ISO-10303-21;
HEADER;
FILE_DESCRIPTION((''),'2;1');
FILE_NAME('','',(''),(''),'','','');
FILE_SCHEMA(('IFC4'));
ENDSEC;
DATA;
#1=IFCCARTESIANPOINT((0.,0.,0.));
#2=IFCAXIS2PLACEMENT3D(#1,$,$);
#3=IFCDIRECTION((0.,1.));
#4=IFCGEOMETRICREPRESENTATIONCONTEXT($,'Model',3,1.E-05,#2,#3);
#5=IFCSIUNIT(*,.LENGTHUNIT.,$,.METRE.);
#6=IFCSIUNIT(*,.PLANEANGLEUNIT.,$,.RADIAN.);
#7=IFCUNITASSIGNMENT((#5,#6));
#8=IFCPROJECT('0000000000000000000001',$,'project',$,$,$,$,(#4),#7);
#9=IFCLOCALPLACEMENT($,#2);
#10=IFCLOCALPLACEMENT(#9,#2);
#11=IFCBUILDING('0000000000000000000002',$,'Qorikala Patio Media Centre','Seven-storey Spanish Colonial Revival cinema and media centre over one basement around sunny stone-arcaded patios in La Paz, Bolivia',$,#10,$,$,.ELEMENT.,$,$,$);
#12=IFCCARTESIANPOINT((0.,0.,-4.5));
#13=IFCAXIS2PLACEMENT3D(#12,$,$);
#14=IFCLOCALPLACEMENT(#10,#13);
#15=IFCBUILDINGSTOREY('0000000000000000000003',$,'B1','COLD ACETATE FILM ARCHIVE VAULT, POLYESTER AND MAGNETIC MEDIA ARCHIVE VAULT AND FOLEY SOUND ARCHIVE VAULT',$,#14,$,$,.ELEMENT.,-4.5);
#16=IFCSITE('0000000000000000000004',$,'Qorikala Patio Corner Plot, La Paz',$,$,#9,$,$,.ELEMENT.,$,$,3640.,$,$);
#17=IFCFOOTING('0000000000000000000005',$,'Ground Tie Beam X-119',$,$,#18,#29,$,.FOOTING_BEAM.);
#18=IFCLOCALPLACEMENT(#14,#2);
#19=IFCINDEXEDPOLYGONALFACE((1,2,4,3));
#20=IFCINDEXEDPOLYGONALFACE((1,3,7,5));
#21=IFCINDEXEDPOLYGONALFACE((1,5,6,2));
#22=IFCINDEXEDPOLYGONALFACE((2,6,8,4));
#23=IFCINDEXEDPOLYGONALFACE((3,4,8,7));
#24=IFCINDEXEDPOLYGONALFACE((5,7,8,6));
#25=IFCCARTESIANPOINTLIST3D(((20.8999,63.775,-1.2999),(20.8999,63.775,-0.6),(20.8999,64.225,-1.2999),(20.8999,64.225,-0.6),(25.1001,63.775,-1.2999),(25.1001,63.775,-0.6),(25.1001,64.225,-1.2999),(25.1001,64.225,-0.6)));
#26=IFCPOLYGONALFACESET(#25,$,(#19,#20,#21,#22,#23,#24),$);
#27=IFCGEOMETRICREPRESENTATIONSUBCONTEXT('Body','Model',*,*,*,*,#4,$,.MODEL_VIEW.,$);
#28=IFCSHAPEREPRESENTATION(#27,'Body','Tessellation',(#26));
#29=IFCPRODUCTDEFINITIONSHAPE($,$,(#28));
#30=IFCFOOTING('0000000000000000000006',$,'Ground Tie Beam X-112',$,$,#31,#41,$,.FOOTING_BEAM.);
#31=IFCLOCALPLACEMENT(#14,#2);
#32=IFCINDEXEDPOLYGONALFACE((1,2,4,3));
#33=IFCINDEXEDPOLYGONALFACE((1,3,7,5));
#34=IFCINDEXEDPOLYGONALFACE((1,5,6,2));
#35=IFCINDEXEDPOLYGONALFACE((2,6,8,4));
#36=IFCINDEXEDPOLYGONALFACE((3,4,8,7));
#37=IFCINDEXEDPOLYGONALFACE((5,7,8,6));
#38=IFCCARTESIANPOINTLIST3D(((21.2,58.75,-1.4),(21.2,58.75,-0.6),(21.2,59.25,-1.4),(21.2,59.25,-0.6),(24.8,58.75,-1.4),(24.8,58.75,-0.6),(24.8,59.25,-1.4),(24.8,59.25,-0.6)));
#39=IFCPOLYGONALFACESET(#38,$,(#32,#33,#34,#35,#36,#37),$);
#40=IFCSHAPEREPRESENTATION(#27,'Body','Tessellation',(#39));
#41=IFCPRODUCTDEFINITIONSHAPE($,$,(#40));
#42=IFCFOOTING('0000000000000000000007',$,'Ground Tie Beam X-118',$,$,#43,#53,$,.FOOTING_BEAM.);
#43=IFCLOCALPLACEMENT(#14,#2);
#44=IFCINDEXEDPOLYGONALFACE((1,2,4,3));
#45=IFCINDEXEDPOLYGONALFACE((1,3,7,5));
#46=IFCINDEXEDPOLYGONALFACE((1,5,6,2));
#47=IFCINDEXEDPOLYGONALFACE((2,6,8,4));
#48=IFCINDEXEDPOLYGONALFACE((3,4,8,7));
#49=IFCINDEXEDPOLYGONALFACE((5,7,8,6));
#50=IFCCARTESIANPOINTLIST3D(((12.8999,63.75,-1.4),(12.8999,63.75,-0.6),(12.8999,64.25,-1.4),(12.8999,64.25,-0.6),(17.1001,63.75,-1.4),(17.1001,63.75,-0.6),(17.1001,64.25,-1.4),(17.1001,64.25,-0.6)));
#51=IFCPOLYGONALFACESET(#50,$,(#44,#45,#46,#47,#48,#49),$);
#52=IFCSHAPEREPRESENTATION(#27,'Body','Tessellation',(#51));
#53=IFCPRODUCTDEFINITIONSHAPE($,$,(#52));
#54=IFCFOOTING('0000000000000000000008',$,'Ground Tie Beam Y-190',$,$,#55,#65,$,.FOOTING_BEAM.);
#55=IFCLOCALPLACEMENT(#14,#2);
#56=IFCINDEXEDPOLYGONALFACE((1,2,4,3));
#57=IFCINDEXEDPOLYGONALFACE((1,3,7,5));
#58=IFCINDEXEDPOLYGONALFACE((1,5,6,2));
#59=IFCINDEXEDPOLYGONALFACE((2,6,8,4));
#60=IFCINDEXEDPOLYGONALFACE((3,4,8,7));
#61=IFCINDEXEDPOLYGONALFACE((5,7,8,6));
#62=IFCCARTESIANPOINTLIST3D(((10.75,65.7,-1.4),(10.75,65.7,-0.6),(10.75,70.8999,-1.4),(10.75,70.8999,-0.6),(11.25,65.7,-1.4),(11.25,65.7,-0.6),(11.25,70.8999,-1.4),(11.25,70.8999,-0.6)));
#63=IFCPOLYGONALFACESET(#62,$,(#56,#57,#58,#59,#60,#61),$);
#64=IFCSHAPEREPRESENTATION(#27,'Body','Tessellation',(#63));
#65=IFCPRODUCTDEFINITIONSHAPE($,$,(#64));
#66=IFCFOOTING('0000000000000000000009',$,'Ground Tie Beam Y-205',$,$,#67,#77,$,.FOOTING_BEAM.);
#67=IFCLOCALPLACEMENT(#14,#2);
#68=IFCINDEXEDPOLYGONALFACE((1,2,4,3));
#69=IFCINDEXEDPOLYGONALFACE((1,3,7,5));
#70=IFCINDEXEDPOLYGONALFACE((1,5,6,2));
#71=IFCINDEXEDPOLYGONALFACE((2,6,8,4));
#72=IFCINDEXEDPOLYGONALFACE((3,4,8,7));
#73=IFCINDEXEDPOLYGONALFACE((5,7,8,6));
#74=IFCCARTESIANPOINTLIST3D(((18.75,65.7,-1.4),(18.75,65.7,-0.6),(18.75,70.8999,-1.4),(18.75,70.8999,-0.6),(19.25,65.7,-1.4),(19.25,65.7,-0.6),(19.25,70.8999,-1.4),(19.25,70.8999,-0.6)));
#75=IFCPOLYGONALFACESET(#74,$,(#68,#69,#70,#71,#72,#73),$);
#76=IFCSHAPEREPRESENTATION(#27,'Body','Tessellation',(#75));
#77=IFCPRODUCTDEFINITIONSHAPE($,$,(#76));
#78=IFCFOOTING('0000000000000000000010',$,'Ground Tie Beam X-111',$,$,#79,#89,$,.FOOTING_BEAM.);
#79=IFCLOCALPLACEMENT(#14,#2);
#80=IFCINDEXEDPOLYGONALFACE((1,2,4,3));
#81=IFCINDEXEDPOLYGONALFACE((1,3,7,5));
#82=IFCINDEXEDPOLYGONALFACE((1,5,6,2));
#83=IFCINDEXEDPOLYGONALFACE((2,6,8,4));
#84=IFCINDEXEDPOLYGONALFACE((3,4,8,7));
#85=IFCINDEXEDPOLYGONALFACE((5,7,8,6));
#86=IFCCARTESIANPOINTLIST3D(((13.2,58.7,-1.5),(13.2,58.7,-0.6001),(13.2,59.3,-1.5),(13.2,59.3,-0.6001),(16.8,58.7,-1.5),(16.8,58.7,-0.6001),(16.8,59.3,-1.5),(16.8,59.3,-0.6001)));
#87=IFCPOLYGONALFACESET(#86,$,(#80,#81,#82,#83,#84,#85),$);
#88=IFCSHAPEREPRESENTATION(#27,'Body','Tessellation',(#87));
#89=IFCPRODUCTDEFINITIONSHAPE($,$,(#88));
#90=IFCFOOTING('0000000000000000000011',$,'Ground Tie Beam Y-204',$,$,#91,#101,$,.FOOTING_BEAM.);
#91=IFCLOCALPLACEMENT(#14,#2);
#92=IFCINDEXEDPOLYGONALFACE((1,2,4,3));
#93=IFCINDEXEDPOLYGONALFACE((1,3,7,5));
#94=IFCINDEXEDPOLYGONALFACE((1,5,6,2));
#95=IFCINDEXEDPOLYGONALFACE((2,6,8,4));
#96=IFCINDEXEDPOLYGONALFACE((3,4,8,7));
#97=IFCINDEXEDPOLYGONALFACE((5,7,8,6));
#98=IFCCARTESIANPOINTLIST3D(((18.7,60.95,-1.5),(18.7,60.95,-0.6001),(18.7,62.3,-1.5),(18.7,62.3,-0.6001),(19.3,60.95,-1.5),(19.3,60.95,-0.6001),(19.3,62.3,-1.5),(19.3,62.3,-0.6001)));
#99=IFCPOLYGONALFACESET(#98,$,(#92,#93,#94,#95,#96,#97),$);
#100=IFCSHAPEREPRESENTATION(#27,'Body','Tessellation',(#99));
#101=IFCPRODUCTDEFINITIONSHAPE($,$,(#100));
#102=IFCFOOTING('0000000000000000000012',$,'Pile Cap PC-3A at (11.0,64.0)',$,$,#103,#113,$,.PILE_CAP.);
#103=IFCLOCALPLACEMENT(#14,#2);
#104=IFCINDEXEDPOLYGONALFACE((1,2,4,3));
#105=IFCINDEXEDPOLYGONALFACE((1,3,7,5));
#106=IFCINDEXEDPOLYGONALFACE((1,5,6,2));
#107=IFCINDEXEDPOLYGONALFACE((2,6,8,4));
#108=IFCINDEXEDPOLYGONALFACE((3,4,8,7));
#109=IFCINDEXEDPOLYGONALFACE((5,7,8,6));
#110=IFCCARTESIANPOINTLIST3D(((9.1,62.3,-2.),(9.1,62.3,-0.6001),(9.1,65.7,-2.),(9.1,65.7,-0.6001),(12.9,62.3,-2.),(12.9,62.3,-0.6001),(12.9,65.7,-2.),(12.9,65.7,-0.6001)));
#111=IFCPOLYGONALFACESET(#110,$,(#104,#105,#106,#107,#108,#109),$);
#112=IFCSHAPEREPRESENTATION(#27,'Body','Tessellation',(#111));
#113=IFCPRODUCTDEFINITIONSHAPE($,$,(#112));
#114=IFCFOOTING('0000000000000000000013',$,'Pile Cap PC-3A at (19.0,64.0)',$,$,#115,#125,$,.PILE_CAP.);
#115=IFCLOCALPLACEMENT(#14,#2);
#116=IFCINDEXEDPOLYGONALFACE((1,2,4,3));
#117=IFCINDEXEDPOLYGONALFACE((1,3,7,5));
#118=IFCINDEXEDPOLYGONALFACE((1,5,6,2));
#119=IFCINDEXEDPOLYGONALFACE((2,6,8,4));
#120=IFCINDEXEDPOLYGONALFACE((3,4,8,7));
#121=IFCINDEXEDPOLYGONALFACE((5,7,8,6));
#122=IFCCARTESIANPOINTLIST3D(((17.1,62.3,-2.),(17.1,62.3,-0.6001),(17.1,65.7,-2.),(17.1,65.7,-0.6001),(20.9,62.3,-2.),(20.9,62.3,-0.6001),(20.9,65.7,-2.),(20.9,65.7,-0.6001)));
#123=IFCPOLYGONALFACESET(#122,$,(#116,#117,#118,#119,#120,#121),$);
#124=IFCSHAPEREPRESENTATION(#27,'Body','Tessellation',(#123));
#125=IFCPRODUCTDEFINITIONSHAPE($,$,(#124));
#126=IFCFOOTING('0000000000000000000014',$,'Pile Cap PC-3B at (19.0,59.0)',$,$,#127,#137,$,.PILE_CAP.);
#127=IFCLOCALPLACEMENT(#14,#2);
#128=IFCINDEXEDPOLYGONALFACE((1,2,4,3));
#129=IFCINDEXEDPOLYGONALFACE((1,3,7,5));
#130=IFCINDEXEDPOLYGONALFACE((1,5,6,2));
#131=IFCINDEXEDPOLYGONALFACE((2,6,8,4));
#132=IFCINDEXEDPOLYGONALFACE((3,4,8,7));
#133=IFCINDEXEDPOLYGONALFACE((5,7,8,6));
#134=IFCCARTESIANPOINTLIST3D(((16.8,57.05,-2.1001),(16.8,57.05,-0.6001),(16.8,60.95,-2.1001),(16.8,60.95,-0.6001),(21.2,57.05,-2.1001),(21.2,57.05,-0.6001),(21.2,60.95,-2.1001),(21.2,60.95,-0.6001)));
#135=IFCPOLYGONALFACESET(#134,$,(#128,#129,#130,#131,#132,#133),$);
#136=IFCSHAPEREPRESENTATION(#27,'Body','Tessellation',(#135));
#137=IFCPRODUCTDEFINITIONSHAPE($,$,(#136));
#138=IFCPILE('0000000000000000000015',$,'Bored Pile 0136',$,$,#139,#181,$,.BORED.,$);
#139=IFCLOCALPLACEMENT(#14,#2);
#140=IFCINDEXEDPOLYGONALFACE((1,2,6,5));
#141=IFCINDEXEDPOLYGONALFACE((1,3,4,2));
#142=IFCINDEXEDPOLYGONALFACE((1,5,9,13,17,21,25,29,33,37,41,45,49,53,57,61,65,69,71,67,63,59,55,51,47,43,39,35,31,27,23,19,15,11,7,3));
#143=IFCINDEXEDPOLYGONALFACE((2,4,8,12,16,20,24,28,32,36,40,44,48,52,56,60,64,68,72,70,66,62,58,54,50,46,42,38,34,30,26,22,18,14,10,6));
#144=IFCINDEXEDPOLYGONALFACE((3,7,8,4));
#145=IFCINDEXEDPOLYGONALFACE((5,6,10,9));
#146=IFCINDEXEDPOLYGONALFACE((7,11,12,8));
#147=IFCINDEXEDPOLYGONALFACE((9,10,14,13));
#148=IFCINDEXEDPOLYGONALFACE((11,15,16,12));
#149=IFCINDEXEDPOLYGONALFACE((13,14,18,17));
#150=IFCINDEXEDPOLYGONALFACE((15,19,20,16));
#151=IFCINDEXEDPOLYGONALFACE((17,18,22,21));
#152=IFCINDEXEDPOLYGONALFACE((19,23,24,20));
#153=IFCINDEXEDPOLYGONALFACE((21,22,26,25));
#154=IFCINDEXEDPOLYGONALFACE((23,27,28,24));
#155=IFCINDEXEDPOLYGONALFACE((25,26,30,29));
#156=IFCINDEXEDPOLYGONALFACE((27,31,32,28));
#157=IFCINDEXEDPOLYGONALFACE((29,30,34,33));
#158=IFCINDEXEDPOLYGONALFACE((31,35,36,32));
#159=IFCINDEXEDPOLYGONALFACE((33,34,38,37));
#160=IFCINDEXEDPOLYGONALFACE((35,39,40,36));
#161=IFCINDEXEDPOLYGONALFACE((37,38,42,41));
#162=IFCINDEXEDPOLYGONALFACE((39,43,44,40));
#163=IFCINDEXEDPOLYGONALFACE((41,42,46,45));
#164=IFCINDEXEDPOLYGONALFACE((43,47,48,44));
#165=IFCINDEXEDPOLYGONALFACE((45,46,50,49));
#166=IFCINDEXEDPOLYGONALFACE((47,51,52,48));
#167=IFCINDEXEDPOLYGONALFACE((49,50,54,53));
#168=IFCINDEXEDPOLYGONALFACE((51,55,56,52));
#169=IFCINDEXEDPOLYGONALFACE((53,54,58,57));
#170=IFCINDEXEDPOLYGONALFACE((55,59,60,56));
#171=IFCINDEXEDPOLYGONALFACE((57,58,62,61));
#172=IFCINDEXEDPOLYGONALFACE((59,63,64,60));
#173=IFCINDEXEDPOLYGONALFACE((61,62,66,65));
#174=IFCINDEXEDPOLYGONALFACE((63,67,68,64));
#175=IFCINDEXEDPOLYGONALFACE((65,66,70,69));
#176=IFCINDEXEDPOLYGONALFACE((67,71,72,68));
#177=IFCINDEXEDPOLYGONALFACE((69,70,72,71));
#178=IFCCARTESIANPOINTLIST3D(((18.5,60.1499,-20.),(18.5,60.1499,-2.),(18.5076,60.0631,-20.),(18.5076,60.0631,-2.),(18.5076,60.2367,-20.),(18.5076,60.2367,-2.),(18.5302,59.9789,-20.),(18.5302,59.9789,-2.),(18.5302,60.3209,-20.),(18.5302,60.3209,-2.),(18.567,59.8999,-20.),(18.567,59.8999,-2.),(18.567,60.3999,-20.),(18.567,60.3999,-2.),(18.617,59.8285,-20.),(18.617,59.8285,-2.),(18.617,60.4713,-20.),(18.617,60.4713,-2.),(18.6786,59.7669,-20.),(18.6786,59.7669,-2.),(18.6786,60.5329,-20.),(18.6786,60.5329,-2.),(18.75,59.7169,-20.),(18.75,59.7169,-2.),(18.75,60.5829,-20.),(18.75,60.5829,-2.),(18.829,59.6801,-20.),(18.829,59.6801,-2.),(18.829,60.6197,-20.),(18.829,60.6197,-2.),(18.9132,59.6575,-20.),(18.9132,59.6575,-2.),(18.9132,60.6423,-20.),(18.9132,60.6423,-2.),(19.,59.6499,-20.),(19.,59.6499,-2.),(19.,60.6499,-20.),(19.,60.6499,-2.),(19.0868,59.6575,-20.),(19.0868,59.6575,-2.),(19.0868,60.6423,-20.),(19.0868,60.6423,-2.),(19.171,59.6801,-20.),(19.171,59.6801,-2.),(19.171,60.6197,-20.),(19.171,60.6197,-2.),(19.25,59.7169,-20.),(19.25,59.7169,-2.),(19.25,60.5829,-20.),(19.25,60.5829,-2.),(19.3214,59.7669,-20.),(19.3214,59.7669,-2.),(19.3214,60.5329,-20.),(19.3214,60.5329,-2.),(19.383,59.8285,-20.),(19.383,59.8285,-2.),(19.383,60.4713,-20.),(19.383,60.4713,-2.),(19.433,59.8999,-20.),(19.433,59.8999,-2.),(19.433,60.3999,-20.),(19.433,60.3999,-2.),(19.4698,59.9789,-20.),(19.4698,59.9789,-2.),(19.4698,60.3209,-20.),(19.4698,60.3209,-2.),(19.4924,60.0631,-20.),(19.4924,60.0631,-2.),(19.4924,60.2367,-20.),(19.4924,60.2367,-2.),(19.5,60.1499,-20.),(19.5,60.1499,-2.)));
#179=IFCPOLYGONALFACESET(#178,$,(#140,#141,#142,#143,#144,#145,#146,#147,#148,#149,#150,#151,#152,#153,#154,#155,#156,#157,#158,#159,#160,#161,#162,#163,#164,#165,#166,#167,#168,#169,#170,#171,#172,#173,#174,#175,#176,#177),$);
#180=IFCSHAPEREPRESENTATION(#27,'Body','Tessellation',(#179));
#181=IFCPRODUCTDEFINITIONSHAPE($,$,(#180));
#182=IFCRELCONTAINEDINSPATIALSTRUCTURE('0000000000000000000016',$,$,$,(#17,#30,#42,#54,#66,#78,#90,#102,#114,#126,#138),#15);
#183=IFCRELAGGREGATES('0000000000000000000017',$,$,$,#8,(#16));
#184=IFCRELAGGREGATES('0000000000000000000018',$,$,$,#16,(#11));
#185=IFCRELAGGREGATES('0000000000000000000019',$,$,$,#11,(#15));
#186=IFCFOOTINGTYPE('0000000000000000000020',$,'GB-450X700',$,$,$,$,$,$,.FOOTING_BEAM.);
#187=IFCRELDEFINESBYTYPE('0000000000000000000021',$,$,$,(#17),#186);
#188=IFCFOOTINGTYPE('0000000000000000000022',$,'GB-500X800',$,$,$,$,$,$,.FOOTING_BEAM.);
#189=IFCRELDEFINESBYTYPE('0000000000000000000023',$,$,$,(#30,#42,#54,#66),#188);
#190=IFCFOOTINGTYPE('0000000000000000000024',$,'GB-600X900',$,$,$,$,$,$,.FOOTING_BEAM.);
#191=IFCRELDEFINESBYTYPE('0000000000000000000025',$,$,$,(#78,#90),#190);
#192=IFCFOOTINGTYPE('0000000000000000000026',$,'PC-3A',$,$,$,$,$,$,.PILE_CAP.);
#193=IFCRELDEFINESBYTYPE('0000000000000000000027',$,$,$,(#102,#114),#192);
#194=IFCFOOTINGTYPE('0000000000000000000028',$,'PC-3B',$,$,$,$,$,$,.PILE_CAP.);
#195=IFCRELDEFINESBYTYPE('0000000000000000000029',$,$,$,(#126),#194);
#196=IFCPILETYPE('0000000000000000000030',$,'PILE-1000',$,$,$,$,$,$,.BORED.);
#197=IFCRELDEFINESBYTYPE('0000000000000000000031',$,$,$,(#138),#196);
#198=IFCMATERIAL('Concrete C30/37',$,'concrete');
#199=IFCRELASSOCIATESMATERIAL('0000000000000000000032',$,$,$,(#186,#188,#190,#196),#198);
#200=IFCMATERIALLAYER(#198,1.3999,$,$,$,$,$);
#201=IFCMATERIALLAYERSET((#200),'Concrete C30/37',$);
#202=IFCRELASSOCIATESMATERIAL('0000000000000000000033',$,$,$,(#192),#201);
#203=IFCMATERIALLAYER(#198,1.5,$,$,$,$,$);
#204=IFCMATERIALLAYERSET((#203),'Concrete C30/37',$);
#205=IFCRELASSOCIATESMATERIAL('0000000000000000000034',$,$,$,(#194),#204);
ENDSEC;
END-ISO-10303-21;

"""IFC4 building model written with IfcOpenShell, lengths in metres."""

from ifc_helpers import new_model, si_unit, direction, frame, origin, origin_2d, place, context, subcontext, project, spatial, rectangle, circle, extrude, material, layer, layer_set, material_profile, profile_set, type_object, element, save


model = new_model("IFC4")

# Units and contexts
model_context = context("Model", 3, precision=1e-05, world=origin(), true_north=direction((0.0, 1.0)))
body_context = subcontext(model_context, "Body", "Model", "MODEL_VIEW")
ifc_project = project(units=[si_unit("LENGTHUNIT", "METRE"), si_unit("PLANEANGLEUNIT", "RADIAN")], contexts=[model_context])

# Site, building, storey
site_placement = place(None, origin())
site = spatial("IfcSite", under=ifc_project, at=site_placement, Name="Qorikala Patio Corner Plot, La Paz", CompositionType="ELEMENT", RefElevation=3640.0)
building_placement = place(site_placement, origin())
building = spatial("IfcBuilding", under=site, at=building_placement, Name="Qorikala Patio Media Centre", Description="Seven-storey Spanish Colonial Revival cinema and media centre over one basement around sunny stone-arcaded patios in La Paz, Bolivia", CompositionType="ELEMENT")
storey_placement = place(building_placement, frame((0.0, 0.0, -4.5)))
storey = spatial("IfcBuildingStorey", under=building, at=storey_placement, Name="B1", Description="COLD ACETATE FILM ARCHIVE VAULT, POLYESTER AND MAGNETIC MEDIA ARCHIVE VAULT AND FOLEY SOUND ARCHIVE VAULT", CompositionType="ELEMENT", Elevation=-4.5)

# Footings
ifc_material_1 = material(Name="Concrete C30/37", Category="concrete")
ifc_material_profile_1 = material_profile(ifc_material_1, rectangle(XDim=0.45, YDim=0.7, at=origin_2d()), Name="RC 450x700")
ifc_profile_set_1 = profile_set([ifc_material_profile_1], Name="Concrete C30/37")
footing_type_1 = type_object("IfcFootingType", Name="GB-450X700", PredefinedType="FOOTING_BEAM", material=ifc_profile_set_1)
footing_1_placement = place(storey_placement, frame((20.8999, 64.0, -0.95), z_axis=(1.0, 0.0, 0.0), x_axis=(0.0, 1.0, 0.0)))
element("IfcFooting", 1, at=footing_1_placement, inside=storey, type_object=footing_type_1, Name="Ground Tie Beam X-119", PredefinedType="FOOTING_BEAM", context=body_context, shape_type="SweptSolid", body=[
    extrude(rectangle(XDim=0.45, YDim=0.7, at=origin_2d()), origin(), (0.0, 0.0, 1.0), 4.2002),
])
ifc_material_profile_2 = material_profile(ifc_material_1, rectangle(XDim=0.5, YDim=0.8, at=origin_2d()), Name="RC 500x800")
ifc_profile_set_2 = profile_set([ifc_material_profile_2], Name="Concrete C30/37")
footing_type_2 = type_object("IfcFootingType", Name="GB-500X800", PredefinedType="FOOTING_BEAM", material=ifc_profile_set_2)
footing_2_placement = place(storey_placement, frame((21.2, 59.0, -1.0), z_axis=(1.0, 0.0, 0.0), x_axis=(0.0, 1.0, 0.0)))
element("IfcFooting", 2, at=footing_2_placement, inside=storey, type_object=footing_type_2, Name="Ground Tie Beam X-112", PredefinedType="FOOTING_BEAM", context=body_context, shape_type="SweptSolid", body=[
    extrude(rectangle(XDim=0.5, YDim=0.8, at=origin_2d()), origin(), (0.0, 0.0, 1.0), 3.6001),
])
footing_3_placement = place(storey_placement, frame((12.8999, 64.0, -1.0), z_axis=(1.0, 0.0, 0.0), x_axis=(0.0, 1.0, 0.0)))
element("IfcFooting", 3, at=footing_3_placement, inside=storey, type_object=footing_type_2, Name="Ground Tie Beam X-118", PredefinedType="FOOTING_BEAM", context=body_context, shape_type="SweptSolid", body=[
    extrude(rectangle(XDim=0.5, YDim=0.8, at=origin_2d()), origin(), (0.0, 0.0, 1.0), 4.2002),
])
for number, where, z_axis, x_axis, name in (
    (4, (11.0, 65.7, -1.0), (0.0, 1.0, 0.0), (-1.0, 0.0, 0.0), "Ground Tie Beam Y-190"),
    (5, (19.0, 65.7, -1.0), (0.0, 1.0, 0.0), (-1.0, 0.0, 0.0), "Ground Tie Beam Y-205"),
):
    element("IfcFooting", number, at=place(storey_placement, frame(where, z_axis=z_axis, x_axis=x_axis)), inside=storey, type_object=footing_type_2, Name=name, PredefinedType="FOOTING_BEAM", context=body_context, shape_type="SweptSolid", body=[
        extrude(rectangle(XDim=0.5, YDim=0.8, at=origin_2d()), origin(), (0.0, 0.0, 1.0), 5.2),
    ])
ifc_material_profile_3 = material_profile(ifc_material_1, rectangle(XDim=0.6001, YDim=0.8999, at=origin_2d()), Name="RC 600x900")
ifc_profile_set_3 = profile_set([ifc_material_profile_3], Name="Concrete C30/37")
footing_type_3 = type_object("IfcFootingType", Name="GB-600X900", PredefinedType="FOOTING_BEAM", material=ifc_profile_set_3)
footing_4_placement = place(storey_placement, frame((13.2, 59.0, -1.05), z_axis=(1.0, 0.0, 0.0), x_axis=(0.0, 1.0, 0.0)))
element("IfcFooting", 6, at=footing_4_placement, inside=storey, type_object=footing_type_3, Name="Ground Tie Beam X-111", PredefinedType="FOOTING_BEAM", context=body_context, shape_type="SweptSolid", body=[
    extrude(rectangle(XDim=0.6001, YDim=0.8999, at=origin_2d()), origin(), (0.0, 0.0, 1.0), 3.6001),
])
footing_5_placement = place(storey_placement, frame((19.0, 60.95, -1.05), z_axis=(0.0, 1.0, 0.0), x_axis=(-1.0, 0.0, 0.0)))
element("IfcFooting", 7, at=footing_5_placement, inside=storey, type_object=footing_type_3, Name="Ground Tie Beam Y-204", PredefinedType="FOOTING_BEAM", context=body_context, shape_type="SweptSolid", body=[
    extrude(rectangle(XDim=0.6001, YDim=0.8999, at=origin_2d()), origin(), (0.0, 0.0, 1.0), 1.3501),
])
ifc_layer_1 = layer(ifc_material_1, 1.3999)
ifc_layer_set_1 = layer_set([ifc_layer_1], Name="Concrete C30/37")
footing_type_4 = type_object("IfcFootingType", Name="PC-3A", PredefinedType="PILE_CAP", material=ifc_layer_set_1)
for number, where, z_axis, x_axis, name in (
    (8, (11.0, 64.0, -2.0), (0.0, 0.0, 1.0), (1.0, 0.0, 0.0), "Pile Cap PC-3A at (11.0,64.0)"),
    (9, (19.0, 64.0, -2.0), (0.0, 0.0, 1.0), (1.0, 0.0, 0.0), "Pile Cap PC-3A at (19.0,64.0)"),
):
    element("IfcFooting", number, at=place(storey_placement, frame(where, z_axis=z_axis, x_axis=x_axis)), inside=storey, type_object=footing_type_4, Name=name, PredefinedType="PILE_CAP", context=body_context, shape_type="SweptSolid", body=[
        extrude(rectangle(XDim=3.8, YDim=3.3999, at=origin_2d()), origin(), (0.0, 0.0, 1.0), 1.3999),
    ])
ifc_layer_2 = layer(ifc_material_1, 1.5)
ifc_layer_set_2 = layer_set([ifc_layer_2], Name="Concrete C30/37")
footing_type_5 = type_object("IfcFootingType", Name="PC-3B", PredefinedType="PILE_CAP", material=ifc_layer_set_2)
footing_6_placement = place(storey_placement, frame((19.0, 59.0, -2.1001), z_axis=(0.0, 0.0, 1.0), x_axis=(1.0, 0.0, 0.0)))
element("IfcFooting", 10, at=footing_6_placement, inside=storey, type_object=footing_type_5, Name="Pile Cap PC-3B at (19.0,59.0)", PredefinedType="PILE_CAP", context=body_context, shape_type="SweptSolid", body=[
    extrude(rectangle(XDim=4.3999, YDim=3.8999, at=origin_2d()), origin(), (0.0, 0.0, 1.0), 1.5),
])

# Pile
ifc_material_profile_4 = material_profile(ifc_material_1, circle(Radius=0.5, at=origin_2d()), Name="BORED PILE 1000")
ifc_profile_set_4 = profile_set([ifc_material_profile_4], Name="Concrete C30/37")
pile_type_1 = type_object("IfcPileType", Name="PILE-1000", PredefinedType="BORED", material=ifc_profile_set_4)
pile_placement = place(storey_placement, frame((19.0, 60.1499, -2.0), z_axis=(0.0, 0.0, -1.0), x_axis=(1.0, 0.0, 0.0)))
element("IfcPile", 11, at=pile_placement, inside=storey, type_object=pile_type_1, Name="Bored Pile 0136", PredefinedType="BORED", context=body_context, shape_type="SweptSolid", body=[
    extrude(circle(Radius=0.5, at=origin_2d()), origin(), (0.0, 0.0, 1.0), 18.0),
])

save(model, "model.ifc")
